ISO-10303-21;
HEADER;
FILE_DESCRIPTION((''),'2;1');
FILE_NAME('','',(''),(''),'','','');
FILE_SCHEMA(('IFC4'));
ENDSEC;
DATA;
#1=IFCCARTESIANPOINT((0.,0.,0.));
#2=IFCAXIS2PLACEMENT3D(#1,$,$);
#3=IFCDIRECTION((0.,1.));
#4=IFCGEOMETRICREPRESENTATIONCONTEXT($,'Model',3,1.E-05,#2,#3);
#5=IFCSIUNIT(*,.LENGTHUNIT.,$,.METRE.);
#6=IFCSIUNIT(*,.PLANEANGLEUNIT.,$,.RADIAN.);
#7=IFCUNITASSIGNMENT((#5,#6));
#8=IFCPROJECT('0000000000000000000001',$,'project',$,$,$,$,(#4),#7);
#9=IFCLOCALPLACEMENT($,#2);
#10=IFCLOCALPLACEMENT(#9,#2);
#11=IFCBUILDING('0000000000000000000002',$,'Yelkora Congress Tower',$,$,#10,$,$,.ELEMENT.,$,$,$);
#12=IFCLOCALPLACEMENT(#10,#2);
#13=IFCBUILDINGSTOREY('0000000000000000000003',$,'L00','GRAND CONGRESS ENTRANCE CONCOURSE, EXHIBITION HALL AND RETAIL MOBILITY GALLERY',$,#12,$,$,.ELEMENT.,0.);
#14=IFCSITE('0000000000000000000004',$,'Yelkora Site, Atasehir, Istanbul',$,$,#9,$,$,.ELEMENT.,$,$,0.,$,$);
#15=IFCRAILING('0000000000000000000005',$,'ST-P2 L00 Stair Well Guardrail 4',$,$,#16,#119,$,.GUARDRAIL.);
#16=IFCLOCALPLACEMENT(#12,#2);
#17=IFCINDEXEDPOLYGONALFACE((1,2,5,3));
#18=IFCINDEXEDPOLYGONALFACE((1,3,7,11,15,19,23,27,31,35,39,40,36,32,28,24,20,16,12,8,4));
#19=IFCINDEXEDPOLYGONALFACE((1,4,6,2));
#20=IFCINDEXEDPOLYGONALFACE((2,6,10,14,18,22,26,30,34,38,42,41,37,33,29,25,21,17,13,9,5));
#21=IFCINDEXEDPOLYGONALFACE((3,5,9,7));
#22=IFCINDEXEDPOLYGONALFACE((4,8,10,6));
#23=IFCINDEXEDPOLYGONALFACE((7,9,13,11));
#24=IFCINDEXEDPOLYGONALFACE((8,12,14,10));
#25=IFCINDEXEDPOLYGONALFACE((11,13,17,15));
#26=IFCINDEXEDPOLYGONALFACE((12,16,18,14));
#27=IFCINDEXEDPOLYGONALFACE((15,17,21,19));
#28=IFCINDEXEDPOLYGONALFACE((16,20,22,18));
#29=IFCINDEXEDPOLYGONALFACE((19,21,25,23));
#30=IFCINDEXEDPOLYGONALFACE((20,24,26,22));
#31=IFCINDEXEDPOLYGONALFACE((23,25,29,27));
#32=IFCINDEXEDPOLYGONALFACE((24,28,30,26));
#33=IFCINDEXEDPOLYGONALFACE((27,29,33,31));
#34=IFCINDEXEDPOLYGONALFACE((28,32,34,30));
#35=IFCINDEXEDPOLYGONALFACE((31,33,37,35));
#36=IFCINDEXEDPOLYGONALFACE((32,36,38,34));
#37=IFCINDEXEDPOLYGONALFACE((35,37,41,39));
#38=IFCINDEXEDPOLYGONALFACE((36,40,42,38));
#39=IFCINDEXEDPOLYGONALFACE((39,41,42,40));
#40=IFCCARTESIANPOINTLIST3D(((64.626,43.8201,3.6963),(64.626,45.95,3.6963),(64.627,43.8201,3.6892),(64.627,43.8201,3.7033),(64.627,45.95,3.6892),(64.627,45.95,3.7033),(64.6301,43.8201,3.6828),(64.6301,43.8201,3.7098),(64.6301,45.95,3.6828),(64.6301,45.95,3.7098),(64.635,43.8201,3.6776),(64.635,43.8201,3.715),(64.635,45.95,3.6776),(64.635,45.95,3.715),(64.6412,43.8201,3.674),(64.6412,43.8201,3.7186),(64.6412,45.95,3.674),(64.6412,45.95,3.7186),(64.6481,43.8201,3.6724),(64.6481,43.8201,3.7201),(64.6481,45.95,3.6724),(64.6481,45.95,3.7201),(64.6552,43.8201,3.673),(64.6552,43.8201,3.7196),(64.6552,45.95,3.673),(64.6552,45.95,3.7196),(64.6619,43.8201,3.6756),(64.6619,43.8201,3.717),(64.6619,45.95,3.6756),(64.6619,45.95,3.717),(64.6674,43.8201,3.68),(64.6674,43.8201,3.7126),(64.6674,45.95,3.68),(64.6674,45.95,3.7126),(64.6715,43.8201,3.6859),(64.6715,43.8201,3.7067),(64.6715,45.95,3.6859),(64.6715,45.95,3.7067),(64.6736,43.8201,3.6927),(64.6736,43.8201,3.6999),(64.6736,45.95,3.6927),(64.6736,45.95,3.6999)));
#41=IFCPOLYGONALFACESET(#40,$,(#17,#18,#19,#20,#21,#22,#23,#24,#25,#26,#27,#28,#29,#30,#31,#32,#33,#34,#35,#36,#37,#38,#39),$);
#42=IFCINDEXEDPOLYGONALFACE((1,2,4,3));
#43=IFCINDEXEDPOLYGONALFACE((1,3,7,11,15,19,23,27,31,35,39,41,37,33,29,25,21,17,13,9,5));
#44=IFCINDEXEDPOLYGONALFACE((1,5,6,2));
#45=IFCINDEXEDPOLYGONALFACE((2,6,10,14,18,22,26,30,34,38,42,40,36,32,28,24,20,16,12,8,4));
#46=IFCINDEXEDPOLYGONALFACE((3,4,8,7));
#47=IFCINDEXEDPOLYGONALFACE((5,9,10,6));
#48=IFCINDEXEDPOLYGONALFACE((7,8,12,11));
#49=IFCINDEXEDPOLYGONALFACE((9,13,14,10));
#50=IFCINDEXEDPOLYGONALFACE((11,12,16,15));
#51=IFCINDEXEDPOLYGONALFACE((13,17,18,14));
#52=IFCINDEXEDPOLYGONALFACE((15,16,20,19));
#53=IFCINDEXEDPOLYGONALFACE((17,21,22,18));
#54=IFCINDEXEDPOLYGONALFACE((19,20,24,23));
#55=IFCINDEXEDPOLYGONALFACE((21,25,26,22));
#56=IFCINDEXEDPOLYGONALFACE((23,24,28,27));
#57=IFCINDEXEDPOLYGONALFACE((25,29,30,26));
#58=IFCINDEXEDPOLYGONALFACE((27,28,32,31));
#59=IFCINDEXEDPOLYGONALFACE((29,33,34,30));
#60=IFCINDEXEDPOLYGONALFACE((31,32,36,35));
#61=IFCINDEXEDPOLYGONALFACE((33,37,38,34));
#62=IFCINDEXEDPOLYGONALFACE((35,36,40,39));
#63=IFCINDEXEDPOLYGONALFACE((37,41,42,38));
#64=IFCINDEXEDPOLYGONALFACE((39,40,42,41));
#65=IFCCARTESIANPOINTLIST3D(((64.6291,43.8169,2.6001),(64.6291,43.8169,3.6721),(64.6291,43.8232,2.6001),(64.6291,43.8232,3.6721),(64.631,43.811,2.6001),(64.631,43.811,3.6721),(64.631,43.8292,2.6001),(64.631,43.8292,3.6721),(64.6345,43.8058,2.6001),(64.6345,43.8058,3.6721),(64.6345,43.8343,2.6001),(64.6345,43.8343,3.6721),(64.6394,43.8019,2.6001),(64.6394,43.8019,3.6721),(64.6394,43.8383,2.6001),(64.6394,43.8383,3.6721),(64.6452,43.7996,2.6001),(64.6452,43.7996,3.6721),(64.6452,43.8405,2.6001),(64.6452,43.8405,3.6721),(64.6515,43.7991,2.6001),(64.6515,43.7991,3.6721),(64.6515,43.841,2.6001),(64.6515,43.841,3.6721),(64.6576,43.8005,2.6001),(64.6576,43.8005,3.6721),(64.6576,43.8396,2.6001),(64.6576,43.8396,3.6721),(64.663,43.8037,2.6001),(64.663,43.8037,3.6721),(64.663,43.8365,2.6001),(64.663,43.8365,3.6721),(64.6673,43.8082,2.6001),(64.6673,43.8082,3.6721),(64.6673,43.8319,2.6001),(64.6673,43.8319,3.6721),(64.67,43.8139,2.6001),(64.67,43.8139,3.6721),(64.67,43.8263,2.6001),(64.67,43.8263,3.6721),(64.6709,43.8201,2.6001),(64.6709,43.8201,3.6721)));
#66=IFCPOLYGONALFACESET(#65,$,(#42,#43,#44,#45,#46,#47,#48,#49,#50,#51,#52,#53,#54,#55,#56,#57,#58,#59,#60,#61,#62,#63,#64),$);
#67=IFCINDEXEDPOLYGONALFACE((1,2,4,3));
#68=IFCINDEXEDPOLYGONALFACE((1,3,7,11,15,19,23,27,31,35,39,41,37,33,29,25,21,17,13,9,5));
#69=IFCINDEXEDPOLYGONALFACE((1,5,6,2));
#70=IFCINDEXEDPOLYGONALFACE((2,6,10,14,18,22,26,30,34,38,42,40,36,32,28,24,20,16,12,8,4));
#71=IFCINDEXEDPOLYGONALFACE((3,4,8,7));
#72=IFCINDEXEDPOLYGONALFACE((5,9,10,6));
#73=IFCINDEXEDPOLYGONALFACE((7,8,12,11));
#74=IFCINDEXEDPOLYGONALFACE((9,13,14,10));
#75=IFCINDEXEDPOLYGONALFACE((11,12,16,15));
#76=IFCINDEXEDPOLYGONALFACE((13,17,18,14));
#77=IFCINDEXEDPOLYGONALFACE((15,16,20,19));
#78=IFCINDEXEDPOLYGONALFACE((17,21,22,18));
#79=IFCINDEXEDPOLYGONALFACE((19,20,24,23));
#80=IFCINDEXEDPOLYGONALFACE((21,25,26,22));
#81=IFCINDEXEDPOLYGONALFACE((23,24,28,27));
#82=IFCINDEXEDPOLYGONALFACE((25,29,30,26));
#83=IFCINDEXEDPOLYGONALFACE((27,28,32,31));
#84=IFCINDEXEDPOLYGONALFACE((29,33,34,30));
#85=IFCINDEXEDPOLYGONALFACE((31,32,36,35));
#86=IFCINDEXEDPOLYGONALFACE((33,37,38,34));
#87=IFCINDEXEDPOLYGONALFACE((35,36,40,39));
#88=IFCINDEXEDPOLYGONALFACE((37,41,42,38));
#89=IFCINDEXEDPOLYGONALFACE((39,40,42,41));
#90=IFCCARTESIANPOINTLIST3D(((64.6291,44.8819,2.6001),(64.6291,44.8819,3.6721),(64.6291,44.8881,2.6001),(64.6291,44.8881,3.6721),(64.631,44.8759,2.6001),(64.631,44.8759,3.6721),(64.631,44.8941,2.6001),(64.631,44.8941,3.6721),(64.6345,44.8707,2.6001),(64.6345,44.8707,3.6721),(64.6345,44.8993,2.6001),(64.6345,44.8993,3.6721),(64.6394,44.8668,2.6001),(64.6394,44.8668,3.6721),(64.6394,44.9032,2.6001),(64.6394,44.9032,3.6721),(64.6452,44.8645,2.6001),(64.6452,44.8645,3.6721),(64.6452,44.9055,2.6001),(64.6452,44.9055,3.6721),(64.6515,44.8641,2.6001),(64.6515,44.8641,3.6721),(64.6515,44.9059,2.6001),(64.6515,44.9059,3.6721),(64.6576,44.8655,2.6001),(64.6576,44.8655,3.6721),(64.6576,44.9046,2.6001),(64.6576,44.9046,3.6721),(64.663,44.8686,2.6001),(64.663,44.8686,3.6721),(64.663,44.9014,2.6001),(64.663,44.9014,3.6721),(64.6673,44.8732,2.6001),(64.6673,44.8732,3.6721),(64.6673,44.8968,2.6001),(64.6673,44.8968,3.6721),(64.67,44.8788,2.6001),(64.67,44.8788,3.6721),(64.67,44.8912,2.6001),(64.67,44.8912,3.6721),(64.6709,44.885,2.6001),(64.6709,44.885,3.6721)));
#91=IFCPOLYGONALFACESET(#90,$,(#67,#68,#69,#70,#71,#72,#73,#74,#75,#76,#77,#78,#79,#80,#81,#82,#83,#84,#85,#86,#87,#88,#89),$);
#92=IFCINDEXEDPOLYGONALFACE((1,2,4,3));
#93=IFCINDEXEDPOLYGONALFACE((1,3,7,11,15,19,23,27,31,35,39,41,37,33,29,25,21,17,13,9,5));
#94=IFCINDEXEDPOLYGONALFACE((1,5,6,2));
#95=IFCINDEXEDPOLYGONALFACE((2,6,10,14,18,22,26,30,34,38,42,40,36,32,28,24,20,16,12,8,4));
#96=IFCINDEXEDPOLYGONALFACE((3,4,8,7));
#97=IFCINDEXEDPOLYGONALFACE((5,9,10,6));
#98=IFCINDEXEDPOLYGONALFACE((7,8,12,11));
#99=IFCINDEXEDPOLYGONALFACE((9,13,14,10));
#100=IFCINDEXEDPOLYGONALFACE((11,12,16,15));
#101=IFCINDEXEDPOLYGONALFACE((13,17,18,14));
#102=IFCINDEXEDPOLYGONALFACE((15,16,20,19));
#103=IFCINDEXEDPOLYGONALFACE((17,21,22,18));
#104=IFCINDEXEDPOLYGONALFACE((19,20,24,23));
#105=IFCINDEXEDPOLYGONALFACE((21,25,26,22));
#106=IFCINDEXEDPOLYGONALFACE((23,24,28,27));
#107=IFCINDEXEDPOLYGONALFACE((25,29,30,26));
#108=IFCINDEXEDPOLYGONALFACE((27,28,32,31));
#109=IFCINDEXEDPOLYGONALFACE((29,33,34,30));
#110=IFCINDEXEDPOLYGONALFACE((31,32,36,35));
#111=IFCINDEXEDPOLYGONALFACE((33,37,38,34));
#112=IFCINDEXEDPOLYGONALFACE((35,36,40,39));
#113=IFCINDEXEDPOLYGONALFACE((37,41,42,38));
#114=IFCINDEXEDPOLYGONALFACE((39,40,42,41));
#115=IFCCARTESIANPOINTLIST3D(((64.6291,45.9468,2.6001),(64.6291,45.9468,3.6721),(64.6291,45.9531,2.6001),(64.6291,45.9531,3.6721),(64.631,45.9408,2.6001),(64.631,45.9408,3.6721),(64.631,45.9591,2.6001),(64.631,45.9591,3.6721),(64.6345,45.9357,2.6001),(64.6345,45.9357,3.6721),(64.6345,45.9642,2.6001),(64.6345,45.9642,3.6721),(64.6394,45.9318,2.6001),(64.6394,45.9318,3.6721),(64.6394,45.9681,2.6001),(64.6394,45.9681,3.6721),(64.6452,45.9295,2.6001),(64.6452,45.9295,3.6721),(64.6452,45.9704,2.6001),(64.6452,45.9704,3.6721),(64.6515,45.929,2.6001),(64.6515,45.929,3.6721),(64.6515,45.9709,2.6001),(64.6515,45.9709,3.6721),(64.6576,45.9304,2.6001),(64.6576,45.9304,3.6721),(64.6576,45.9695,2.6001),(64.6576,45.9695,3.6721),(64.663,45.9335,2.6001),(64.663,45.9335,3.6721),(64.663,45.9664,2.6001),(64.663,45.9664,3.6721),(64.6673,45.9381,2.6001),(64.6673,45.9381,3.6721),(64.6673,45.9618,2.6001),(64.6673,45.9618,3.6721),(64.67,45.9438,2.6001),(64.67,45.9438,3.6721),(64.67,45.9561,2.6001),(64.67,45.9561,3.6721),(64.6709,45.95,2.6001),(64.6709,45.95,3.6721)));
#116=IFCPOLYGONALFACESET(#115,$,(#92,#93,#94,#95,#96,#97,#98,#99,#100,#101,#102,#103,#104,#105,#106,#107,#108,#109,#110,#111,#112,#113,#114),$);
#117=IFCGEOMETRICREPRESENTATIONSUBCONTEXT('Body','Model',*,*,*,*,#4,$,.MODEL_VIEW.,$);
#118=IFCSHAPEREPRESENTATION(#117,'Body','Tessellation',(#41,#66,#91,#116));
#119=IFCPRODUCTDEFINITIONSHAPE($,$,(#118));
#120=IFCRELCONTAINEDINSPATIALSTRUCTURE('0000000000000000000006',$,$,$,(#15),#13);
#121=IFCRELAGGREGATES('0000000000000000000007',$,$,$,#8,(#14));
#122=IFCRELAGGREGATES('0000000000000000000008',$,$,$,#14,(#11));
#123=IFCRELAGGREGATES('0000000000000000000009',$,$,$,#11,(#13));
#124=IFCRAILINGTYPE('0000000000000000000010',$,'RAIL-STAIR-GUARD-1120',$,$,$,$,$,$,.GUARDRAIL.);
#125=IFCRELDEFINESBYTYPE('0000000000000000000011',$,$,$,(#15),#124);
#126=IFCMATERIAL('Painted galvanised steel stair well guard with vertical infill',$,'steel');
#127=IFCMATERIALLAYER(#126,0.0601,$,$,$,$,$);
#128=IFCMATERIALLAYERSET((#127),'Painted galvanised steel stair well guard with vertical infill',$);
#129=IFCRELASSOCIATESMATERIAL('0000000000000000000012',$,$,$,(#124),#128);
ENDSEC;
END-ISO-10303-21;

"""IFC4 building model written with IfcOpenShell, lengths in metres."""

from ifc_helpers import new_model, si_unit, direction, frame, origin, origin_2d, place, context, subcontext, project, spatial, circle, extrude, material, layer, layer_set, type_object, element, save


model = new_model("IFC4")

# Units and contexts
model_context = context("Model", 3, precision=1e-05, world=origin(), true_north=direction((0.0, 1.0)))
body_context = subcontext(model_context, "Body", "Model", "MODEL_VIEW")
ifc_project = project(units=[si_unit("LENGTHUNIT", "METRE"), si_unit("PLANEANGLEUNIT", "RADIAN")], contexts=[model_context])

# Site, building, storey
site_placement = place(None, origin())
site = spatial("IfcSite", under=ifc_project, at=site_placement, Name="Yelkora Site, Atasehir, Istanbul", CompositionType="ELEMENT", RefElevation=0.0)
building_placement = place(site_placement, origin())
building = spatial("IfcBuilding", under=site, at=building_placement, Name="Yelkora Congress Tower", CompositionType="ELEMENT")
storey_placement = place(building_placement, origin())
storey = spatial("IfcBuildingStorey", under=building, at=storey_placement, Name="L00", Description="GRAND CONGRESS ENTRANCE CONCOURSE, EXHIBITION HALL AND RETAIL MOBILITY GALLERY", CompositionType="ELEMENT", Elevation=0.0)

# Railing
ifc_material_1 = material(Name="Painted galvanised steel stair well guard with vertical infill", Category="steel")
ifc_layer_1 = layer(ifc_material_1, 0.0601)
ifc_layer_set_1 = layer_set([ifc_layer_1], Name="Painted galvanised steel stair well guard with vertical infill")
railing_type_1 = type_object("IfcRailingType", Name="RAIL-STAIR-GUARD-1120", PredefinedType="GUARDRAIL", material=ifc_layer_set_1)
railing_1_placement = place(storey_placement, frame((64.6499, 43.8201, 2.6001)))
element("IfcRailing", 1, at=railing_1_placement, inside=storey, type_object=railing_type_1, Name="ST-P2 L00 Stair Well Guardrail 4", PredefinedType="GUARDRAIL", context=body_context, shape_type="SweptSolid", body=[
    extrude(circle(Radius=0.0239, at=origin_2d()), frame((0.0, 0.0, 1.0962), z_axis=(0.0, 1.0, 0.0), x_axis=(-1.0, 0.0, 0.0)), (0.0, 0.0, 1.0), 2.1299),
    extrude(circle(Radius=0.021, at=origin_2d()), origin(), (0.0, 0.0, 1.0), 1.072),
    extrude(circle(Radius=0.021, at=origin_2d()), frame((0.0, 1.0649, 0.0)), (0.0, 0.0, 1.0), 1.072),
    extrude(circle(Radius=0.021, at=origin_2d()), frame((0.0, 2.1299, 0.0)), (0.0, 0.0, 1.0), 1.072),
])

save(model, "model.ifc")
